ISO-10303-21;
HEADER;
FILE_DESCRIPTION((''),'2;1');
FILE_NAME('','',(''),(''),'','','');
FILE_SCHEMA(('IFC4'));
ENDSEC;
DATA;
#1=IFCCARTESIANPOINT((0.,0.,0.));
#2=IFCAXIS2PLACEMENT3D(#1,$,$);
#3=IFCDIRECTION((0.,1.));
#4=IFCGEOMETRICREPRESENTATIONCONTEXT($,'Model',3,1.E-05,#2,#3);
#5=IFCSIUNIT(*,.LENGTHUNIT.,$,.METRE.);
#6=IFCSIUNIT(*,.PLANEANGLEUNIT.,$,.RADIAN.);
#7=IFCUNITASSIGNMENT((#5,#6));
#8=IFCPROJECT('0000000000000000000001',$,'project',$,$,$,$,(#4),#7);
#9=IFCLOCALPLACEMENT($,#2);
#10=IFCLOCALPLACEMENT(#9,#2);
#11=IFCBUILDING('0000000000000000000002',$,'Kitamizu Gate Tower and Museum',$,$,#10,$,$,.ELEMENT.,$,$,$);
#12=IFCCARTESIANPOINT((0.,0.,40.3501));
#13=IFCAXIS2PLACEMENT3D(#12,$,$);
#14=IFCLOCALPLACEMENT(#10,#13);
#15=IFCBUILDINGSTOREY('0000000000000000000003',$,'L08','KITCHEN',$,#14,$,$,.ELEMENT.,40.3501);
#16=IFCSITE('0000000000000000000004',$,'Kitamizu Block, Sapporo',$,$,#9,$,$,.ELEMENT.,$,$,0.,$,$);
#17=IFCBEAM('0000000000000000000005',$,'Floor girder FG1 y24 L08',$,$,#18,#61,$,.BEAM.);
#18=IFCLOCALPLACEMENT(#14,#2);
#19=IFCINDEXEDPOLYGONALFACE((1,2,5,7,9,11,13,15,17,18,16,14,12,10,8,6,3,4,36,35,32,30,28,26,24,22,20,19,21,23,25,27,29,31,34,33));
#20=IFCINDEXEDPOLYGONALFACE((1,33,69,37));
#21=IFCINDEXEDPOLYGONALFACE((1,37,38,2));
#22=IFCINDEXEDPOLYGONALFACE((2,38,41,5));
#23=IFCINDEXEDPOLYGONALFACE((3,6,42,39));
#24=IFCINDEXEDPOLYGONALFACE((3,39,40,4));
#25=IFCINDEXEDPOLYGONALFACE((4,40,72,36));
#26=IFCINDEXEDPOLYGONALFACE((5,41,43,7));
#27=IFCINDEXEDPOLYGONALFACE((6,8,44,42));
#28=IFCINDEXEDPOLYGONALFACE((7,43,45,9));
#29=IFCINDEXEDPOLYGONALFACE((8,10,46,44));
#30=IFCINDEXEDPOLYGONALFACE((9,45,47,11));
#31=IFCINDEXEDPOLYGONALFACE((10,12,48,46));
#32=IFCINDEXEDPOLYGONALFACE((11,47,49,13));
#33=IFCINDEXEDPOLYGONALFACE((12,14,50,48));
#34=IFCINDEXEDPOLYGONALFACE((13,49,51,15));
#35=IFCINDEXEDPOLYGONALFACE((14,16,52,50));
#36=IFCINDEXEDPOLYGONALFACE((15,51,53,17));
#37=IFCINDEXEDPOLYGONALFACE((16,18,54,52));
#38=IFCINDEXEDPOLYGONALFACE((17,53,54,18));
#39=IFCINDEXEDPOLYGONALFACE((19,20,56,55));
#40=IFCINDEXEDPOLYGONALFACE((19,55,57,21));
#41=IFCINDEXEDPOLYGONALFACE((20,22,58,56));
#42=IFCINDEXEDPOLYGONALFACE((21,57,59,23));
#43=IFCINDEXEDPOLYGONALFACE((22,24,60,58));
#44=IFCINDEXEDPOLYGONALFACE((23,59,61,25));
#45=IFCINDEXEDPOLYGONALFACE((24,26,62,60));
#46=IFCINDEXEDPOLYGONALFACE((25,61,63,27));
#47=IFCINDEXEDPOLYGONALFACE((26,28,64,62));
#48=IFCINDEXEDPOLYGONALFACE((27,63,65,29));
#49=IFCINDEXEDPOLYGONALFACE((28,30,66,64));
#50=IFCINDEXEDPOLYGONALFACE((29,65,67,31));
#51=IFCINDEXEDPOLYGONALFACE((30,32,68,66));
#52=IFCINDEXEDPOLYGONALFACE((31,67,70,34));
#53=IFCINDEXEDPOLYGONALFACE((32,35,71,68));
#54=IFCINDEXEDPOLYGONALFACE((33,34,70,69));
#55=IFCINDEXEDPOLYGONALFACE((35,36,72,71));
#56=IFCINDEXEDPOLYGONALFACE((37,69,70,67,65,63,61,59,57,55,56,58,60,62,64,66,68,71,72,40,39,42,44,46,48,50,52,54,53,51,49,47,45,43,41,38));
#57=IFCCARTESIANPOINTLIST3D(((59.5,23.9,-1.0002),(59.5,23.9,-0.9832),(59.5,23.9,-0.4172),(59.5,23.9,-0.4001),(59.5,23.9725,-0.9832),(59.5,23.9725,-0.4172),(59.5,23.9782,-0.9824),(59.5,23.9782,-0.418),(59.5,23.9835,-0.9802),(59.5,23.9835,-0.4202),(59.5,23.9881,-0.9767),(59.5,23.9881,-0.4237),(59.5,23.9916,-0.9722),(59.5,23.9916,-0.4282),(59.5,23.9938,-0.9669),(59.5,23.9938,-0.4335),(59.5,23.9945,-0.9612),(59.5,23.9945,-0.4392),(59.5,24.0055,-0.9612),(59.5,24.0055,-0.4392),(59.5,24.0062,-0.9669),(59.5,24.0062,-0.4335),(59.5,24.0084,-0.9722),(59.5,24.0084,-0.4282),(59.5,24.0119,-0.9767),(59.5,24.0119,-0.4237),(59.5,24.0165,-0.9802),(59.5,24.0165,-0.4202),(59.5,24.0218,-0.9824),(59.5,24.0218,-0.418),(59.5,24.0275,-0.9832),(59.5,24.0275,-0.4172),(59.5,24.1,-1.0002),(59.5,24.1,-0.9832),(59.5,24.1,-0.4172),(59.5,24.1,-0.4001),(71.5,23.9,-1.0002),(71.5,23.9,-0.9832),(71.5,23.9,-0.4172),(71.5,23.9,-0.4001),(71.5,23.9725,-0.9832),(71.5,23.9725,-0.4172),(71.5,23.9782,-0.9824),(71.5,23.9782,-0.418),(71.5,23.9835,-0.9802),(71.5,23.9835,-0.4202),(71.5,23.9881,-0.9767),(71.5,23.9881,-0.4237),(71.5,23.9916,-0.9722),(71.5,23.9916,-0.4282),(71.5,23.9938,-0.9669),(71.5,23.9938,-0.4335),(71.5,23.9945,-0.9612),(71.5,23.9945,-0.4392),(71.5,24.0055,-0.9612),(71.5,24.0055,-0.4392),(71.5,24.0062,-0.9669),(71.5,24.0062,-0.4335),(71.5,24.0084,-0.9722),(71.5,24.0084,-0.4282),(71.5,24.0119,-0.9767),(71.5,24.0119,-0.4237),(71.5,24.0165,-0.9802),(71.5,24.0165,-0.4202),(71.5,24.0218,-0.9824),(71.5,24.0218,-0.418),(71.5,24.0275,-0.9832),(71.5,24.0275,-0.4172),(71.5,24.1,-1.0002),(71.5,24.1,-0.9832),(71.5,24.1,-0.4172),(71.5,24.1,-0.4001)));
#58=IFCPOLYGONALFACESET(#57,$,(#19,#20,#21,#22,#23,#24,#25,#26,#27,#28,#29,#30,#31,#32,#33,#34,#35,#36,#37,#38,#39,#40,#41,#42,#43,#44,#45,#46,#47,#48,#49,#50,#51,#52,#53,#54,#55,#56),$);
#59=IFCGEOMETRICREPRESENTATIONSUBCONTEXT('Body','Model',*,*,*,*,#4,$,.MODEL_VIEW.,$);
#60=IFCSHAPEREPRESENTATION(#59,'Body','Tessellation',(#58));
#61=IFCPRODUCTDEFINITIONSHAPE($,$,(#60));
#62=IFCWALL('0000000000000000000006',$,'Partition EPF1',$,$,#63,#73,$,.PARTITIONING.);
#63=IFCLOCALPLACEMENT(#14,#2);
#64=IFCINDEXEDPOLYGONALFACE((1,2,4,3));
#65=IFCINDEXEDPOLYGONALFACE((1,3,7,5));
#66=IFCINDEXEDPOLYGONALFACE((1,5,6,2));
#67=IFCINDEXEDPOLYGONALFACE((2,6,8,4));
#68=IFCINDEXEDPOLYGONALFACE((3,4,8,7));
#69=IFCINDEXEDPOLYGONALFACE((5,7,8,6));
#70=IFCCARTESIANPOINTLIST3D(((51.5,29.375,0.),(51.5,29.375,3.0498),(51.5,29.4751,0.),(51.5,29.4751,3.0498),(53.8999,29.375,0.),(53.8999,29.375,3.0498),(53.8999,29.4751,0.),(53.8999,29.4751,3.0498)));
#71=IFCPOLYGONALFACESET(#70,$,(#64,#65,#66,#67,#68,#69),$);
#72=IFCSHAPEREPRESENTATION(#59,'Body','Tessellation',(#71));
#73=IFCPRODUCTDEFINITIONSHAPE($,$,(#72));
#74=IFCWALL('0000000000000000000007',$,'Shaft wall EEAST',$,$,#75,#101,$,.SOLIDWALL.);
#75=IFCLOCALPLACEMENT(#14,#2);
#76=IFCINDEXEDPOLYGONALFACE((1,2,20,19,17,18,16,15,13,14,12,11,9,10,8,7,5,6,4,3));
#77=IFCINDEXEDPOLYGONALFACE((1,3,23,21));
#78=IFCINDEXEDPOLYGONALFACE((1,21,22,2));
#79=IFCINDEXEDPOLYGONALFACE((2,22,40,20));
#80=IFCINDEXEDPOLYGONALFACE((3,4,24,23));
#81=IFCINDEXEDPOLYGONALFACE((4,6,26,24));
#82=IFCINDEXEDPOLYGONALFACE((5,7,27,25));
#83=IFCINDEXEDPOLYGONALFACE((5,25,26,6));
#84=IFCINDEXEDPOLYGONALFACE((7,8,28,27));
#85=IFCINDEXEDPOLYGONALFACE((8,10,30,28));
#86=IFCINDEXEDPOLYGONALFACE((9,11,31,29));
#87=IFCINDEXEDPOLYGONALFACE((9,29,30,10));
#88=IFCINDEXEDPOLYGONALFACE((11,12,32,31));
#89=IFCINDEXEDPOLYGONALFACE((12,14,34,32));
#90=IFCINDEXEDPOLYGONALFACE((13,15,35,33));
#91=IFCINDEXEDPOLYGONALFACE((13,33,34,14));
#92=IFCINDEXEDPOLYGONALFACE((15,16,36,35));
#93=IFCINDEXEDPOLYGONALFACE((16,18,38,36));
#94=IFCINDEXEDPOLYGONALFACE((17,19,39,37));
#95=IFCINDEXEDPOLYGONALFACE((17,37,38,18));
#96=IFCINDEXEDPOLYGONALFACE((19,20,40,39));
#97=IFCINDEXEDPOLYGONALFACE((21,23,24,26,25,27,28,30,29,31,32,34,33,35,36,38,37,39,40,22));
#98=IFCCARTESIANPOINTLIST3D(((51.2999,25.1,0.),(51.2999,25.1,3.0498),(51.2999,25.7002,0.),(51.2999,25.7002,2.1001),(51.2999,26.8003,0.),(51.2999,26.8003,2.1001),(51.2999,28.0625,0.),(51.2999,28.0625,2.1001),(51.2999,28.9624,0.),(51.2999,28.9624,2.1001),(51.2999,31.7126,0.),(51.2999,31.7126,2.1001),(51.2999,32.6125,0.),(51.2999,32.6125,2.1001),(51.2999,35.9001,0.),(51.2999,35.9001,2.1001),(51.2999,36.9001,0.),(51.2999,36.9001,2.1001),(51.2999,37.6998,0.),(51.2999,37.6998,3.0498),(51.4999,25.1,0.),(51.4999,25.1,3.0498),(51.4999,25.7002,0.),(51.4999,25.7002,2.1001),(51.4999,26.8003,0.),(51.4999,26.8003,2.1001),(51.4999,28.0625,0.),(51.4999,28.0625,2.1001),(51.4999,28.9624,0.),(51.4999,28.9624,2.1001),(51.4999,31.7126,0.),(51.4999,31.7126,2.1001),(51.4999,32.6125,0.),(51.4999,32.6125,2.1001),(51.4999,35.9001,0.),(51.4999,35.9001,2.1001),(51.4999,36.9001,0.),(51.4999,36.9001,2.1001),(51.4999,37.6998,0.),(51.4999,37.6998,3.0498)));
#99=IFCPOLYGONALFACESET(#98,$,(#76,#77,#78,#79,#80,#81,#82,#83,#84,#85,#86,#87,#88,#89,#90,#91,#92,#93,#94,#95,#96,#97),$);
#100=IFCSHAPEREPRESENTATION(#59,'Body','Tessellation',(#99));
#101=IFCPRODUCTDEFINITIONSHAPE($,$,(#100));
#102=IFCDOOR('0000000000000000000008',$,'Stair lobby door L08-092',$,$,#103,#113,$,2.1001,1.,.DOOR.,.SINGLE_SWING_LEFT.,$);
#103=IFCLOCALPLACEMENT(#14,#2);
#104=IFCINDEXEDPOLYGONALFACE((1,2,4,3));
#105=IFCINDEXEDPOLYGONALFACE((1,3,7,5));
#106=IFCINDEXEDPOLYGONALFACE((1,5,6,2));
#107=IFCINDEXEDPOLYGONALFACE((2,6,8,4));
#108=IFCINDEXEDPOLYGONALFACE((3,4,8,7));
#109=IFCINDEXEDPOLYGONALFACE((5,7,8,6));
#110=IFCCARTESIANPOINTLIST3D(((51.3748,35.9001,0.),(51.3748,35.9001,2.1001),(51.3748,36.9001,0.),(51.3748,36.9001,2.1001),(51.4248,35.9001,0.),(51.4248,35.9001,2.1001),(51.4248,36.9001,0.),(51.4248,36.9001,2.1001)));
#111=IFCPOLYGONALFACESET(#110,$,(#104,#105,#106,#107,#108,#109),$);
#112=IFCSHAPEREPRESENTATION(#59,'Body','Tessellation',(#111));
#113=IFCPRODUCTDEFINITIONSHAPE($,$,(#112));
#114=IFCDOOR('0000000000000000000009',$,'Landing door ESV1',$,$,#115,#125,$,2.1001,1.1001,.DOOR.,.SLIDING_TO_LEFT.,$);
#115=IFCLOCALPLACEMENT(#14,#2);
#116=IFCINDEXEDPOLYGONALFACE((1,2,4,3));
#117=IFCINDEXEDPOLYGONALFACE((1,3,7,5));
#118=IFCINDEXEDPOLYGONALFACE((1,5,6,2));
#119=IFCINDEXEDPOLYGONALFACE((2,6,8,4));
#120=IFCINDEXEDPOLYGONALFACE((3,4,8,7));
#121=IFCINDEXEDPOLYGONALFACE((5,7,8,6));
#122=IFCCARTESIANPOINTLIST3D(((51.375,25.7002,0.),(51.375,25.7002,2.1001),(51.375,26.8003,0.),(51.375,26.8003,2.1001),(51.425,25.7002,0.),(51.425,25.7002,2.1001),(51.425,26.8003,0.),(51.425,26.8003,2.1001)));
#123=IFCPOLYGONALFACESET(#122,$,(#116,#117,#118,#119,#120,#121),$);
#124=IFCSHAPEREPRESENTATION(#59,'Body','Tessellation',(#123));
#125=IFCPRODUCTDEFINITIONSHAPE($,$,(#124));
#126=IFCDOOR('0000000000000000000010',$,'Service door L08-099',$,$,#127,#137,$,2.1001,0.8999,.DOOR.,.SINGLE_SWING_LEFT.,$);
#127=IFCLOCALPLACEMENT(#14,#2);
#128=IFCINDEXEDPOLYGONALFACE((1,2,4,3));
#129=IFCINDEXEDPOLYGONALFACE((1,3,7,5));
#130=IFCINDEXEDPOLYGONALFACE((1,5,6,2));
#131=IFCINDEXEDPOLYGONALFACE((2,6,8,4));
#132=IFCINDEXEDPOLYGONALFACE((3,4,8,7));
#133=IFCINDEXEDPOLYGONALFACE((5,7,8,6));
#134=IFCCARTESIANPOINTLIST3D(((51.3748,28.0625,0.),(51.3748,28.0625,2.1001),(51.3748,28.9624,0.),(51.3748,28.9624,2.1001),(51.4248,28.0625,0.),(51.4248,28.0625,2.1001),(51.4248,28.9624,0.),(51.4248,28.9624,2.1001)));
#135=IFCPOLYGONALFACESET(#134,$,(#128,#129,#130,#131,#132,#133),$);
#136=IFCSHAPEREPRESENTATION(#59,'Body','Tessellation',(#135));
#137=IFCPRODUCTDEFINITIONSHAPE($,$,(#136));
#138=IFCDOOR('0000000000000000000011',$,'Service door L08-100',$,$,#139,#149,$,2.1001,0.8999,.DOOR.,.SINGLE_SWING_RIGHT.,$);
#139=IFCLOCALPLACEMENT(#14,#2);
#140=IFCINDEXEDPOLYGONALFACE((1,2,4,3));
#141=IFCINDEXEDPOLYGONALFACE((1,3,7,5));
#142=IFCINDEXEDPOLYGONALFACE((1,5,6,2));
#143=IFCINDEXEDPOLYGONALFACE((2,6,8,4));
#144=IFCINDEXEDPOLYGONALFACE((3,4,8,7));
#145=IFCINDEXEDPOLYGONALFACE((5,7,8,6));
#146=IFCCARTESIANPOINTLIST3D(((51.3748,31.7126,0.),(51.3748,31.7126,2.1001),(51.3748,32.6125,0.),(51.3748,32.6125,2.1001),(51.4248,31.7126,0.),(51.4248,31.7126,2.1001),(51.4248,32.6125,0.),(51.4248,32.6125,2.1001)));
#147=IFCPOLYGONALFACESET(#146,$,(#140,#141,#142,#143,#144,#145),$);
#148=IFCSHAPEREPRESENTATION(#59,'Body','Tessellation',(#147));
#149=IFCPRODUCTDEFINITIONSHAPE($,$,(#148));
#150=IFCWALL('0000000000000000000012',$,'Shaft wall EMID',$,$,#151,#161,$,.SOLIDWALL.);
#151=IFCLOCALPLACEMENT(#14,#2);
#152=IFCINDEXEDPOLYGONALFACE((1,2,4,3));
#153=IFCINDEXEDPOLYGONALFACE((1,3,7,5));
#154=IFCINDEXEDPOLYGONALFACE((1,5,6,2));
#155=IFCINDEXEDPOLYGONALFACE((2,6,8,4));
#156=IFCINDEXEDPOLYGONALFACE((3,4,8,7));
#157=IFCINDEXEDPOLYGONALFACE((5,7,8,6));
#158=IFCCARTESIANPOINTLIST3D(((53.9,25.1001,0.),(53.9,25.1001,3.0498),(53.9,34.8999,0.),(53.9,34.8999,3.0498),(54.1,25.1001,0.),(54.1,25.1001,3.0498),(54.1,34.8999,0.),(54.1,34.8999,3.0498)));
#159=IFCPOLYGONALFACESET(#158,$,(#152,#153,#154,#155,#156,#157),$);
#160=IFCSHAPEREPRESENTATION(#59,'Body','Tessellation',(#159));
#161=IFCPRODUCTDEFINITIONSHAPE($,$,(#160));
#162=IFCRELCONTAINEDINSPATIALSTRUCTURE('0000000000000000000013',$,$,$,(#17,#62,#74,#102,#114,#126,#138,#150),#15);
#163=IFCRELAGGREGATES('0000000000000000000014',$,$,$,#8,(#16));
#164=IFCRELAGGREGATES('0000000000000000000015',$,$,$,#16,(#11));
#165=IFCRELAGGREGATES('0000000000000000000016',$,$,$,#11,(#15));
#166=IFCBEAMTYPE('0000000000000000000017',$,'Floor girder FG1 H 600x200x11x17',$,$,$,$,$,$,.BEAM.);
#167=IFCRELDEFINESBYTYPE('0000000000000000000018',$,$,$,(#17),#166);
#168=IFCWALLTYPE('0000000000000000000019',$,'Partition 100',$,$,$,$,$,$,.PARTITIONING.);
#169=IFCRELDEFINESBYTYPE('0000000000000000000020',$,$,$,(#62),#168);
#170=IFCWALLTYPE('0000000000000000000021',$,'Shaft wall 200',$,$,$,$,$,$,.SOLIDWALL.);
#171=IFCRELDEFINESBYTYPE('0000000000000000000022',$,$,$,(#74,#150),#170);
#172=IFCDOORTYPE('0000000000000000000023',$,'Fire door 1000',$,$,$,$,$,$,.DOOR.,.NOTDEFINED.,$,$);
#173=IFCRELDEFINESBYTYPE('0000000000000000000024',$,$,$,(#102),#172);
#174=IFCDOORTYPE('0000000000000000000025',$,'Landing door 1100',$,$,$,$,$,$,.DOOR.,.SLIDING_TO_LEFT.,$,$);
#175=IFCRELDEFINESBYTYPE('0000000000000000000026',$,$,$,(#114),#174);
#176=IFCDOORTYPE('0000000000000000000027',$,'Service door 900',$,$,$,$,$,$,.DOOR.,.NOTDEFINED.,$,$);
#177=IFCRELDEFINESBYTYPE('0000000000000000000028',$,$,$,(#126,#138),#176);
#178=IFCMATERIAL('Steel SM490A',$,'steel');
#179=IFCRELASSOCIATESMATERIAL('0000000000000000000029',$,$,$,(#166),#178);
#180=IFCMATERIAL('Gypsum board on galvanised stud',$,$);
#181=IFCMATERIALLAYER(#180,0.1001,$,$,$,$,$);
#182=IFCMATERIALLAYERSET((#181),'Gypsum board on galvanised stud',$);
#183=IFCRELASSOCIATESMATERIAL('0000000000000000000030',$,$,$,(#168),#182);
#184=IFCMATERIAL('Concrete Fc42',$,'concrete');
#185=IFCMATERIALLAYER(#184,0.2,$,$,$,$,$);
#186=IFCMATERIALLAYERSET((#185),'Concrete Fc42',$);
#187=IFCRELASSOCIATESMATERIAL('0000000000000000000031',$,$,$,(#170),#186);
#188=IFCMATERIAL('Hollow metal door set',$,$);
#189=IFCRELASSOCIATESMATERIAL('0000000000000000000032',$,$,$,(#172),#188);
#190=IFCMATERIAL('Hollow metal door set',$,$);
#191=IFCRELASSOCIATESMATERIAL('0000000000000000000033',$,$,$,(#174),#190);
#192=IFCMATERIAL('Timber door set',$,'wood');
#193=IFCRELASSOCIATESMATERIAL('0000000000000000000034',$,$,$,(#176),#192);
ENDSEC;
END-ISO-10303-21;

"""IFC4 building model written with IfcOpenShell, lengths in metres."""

from ifc_helpers import new_model, si_unit, direction, frame, frame_2d, origin, origin_2d, place, context, subcontext, project, spatial, rectangle, i_section, extrude, material, layer, layer_set, material_profile, profile_set, type_object, element, fill, save


model = new_model("IFC4")

# Units and contexts
model_context = context("Model", 3, precision=1e-05, world=origin(), true_north=direction((0.0, 1.0)))
body_context = subcontext(model_context, "Body", "Model", "MODEL_VIEW")
ifc_project = project(units=[si_unit("LENGTHUNIT", "METRE"), si_unit("PLANEANGLEUNIT", "RADIAN")], contexts=[model_context])

# Site, building, storey
site_placement = place(None, origin())
site = spatial("IfcSite", under=ifc_project, at=site_placement, Name="Kitamizu Block, Sapporo", CompositionType="ELEMENT", RefElevation=0.0)
building_placement = place(site_placement, origin())
building = spatial("IfcBuilding", under=site, at=building_placement, Name="Kitamizu Gate Tower and Museum", CompositionType="ELEMENT")
storey_placement = place(building_placement, frame((0.0, 0.0, 40.3501)))
storey = spatial("IfcBuildingStorey", under=building, at=storey_placement, Name="L08", Description="KITCHEN", CompositionType="ELEMENT", Elevation=40.3501)

# Beam
ifc_material_1 = material(Name="Steel SM490A", Category="steel")
ifc_material_profile = material_profile(ifc_material_1, i_section(OverallWidth=0.2, OverallDepth=0.6001, WebThickness=0.011, FlangeThickness=0.0171, FilletRadius=0.022, at=origin_2d()), Name="H-600x200x11x17")
ifc_profile_set = profile_set([ifc_material_profile], Name="Steel SM490A")
beam_type = type_object("IfcBeamType", Name="Floor girder FG1 H 600x200x11x17", PredefinedType="BEAM", material=ifc_profile_set)
beam_placement = place(storey_placement, frame((59.5, 24.0, -0.7002), z_axis=(1.0, 0.0, 0.0), x_axis=(0.0, 1.0, 0.0)))
element("IfcBeam", 1, at=beam_placement, inside=storey, type_object=beam_type, Name="Floor girder FG1 y24 L08", PredefinedType="BEAM", context=body_context, shape_type="SweptSolid", body=[
    extrude(i_section(OverallWidth=0.2, OverallDepth=0.6001, WebThickness=0.011, FlangeThickness=0.0171, FilletRadius=0.022, at=origin_2d()), origin(), (0.0, 0.0, 1.0), 12.0),
])

# Wall
ifc_material_2 = material(Name="Gypsum board on galvanised stud")
ifc_layer_1 = layer(ifc_material_2, 0.1001)
ifc_layer_set_1 = layer_set([ifc_layer_1], Name="Gypsum board on galvanised stud")
wall_type_1 = type_object("IfcWallType", Name="Partition 100", PredefinedType="PARTITIONING", material=ifc_layer_set_1)
wall_1_placement = place(storey_placement, frame((53.8999, 29.425, 0.0), z_axis=(0.0, 0.0, 1.0), x_axis=(-1.0, 0.0, 0.0)))
element("IfcWall", 2, at=wall_1_placement, inside=storey, type_object=wall_type_1, Name="Partition EPF1", PredefinedType="PARTITIONING", context=body_context, shape_type="SweptSolid", body=[
    extrude(rectangle(XDim=2.3999, YDim=0.1001, at=frame_2d((1.2, 0.0))), origin(), (0.0, 0.0, 1.0), 3.0498),
])

# Wall, openings, doors
ifc_material_3 = material(Name="Concrete Fc42", Category="concrete")
ifc_layer_2 = layer(ifc_material_3, 0.2)
ifc_layer_set_2 = layer_set([ifc_layer_2], Name="Concrete Fc42")
wall_type_2 = type_object("IfcWallType", Name="Shaft wall 200", PredefinedType="SOLIDWALL", material=ifc_layer_set_2)
wall_2_placement = place(storey_placement, frame((51.3999, 25.1001, 0.0), z_axis=(0.0, 0.0, 1.0), x_axis=(0.0, 1.0, 0.0)))
wall_2 = element("IfcWall", 3, at=wall_2_placement, inside=storey, type_object=wall_type_2, Name="Shaft wall EEAST", PredefinedType="SOLIDWALL", context=body_context, shape_type="SweptSolid", body=[
    extrude(rectangle(XDim=12.5999, YDim=0.2, at=frame_2d((6.2998, 0.0))), origin(), (0.0, 0.0, 1.0), 3.0498),
])
opening_1_placement = place(wall_2_placement, frame((0.6001, 0.0, 0.0)))
opening_1 = element("IfcOpeningElement", 4, at=opening_1_placement, cuts=wall_2, PredefinedType="OPENING", context=body_context, shape_type="SweptSolid", body=[
    extrude(rectangle(XDim=1.1001, YDim=2.1001, at=frame_2d((0.55, 1.05))), frame((0.0, 0.1099, 0.0), z_axis=(0.0, -1.0, 0.0), x_axis=(1.0, 0.0, 0.0)), (0.0, 0.0, 1.0), 0.22),
])
opening_2_placement = place(wall_2_placement, frame((10.8, 0.0, 0.0)))
opening_2 = element("IfcOpeningElement", 5, at=opening_2_placement, cuts=wall_2, PredefinedType="OPENING", context=body_context, shape_type="SweptSolid", body=[
    extrude(rectangle(XDim=1.0, YDim=2.1001, at=frame_2d((0.5, 1.05))), frame((0.0, 0.1099, 0.0), z_axis=(0.0, -1.0, 0.0), x_axis=(1.0, 0.0, 0.0)), (0.0, 0.0, 1.0), 0.22),
])
opening_3_placement = place(wall_2_placement, frame((2.9624, 0.0, 0.0)))
opening_3 = element("IfcOpeningElement", 6, at=opening_3_placement, cuts=wall_2, PredefinedType="OPENING", context=body_context, shape_type="SweptSolid", body=[
    extrude(rectangle(XDim=0.8999, YDim=2.1001, at=frame_2d((0.45, 1.05))), frame((0.0, 0.1099, 0.0), z_axis=(0.0, -1.0, 0.0), x_axis=(1.0, 0.0, 0.0)), (0.0, 0.0, 1.0), 0.22),
])
opening_4_placement = place(wall_2_placement, frame((6.6125, 0.0, 0.0)))
opening_4 = element("IfcOpeningElement", 7, at=opening_4_placement, cuts=wall_2, PredefinedType="OPENING", context=body_context, shape_type="SweptSolid", body=[
    extrude(rectangle(XDim=0.8999, YDim=2.1001, at=frame_2d((0.45, 1.05))), frame((0.0, 0.1099, 0.0), z_axis=(0.0, -1.0, 0.0), x_axis=(1.0, 0.0, 0.0)), (0.0, 0.0, 1.0), 0.22),
])
ifc_material_4 = material(Name="Hollow metal door set")
door_type_1 = type_object("IfcDoorType", Name="Fire door 1000", OperationType="NOTDEFINED", PredefinedType="DOOR", material=ifc_material_4)
door_1_placement = place(opening_2_placement, frame((1.0, 0.0, 0.0), x_axis=(-1.0, 0.0, 0.0)))
door_1 = element("IfcDoor", 8, at=door_1_placement, inside=storey, type_object=door_type_1, Name="Stair lobby door L08-092", OperationType="SINGLE_SWING_LEFT", OverallHeight=2.1001, OverallWidth=1.0, PredefinedType="DOOR", context=body_context, shape_type="SweptSolid", body=[
    extrude(rectangle(XDim=1.0, YDim=2.1001, at=frame_2d((0.5, 1.05))), frame((0.0, 0.0249, 0.0), z_axis=(0.0, -1.0, 0.0), x_axis=(1.0, 0.0, 0.0)), (0.0, 0.0, 1.0), 0.05),
])
fill(opening_2, door_1)
ifc_material_5 = material(Name="Hollow metal door set")
door_type_2 = type_object("IfcDoorType", Name="Landing door 1100", OperationType="SLIDING_TO_LEFT", PredefinedType="DOOR", material=ifc_material_5)
door_2_placement = place(opening_1_placement, origin())
door_2 = element("IfcDoor", 9, at=door_2_placement, inside=storey, type_object=door_type_2, Name="Landing door ESV1", OperationType="SLIDING_TO_LEFT", OverallHeight=2.1001, OverallWidth=1.1001, PredefinedType="DOOR", context=body_context, shape_type="SweptSolid", body=[
    extrude(rectangle(XDim=1.1001, YDim=2.1001, at=frame_2d((0.55, 1.05))), frame((0.0, 0.0249, 0.0), z_axis=(0.0, -1.0, 0.0), x_axis=(1.0, 0.0, 0.0)), (0.0, 0.0, 1.0), 0.05),
])
fill(opening_1, door_2)
ifc_material_6 = material(Name="Timber door set", Category="wood")
door_type_3 = type_object("IfcDoorType", Name="Service door 900", OperationType="NOTDEFINED", PredefinedType="DOOR", material=ifc_material_6)
door_3_placement = place(opening_3_placement, frame((0.8999, 0.0, 0.0), x_axis=(-1.0, 0.0, 0.0)))
door_3 = element("IfcDoor", 10, at=door_3_placement, inside=storey, type_object=door_type_3, Name="Service door L08-099", OperationType="SINGLE_SWING_LEFT", OverallHeight=2.1001, OverallWidth=0.8999, PredefinedType="DOOR", context=body_context, shape_type="SweptSolid", body=[
    extrude(rectangle(XDim=0.8999, YDim=2.1001, at=frame_2d((0.45, 1.05))), frame((0.0, 0.0249, 0.0), z_axis=(0.0, -1.0, 0.0), x_axis=(1.0, 0.0, 0.0)), (0.0, 0.0, 1.0), 0.05),
])
fill(opening_3, door_3)
door_4_placement = place(opening_4_placement, frame((0.8999, 0.0, 0.0), x_axis=(-1.0, 0.0, 0.0)))
door_4 = element("IfcDoor", 11, at=door_4_placement, inside=storey, type_object=door_type_3, Name="Service door L08-100", OperationType="SINGLE_SWING_RIGHT", OverallHeight=2.1001, OverallWidth=0.8999, PredefinedType="DOOR", context=body_context, shape_type="SweptSolid", body=[
    extrude(rectangle(XDim=0.8999, YDim=2.1001, at=frame_2d((0.45, 1.05))), frame((0.0, 0.0249, 0.0), z_axis=(0.0, -1.0, 0.0), x_axis=(1.0, 0.0, 0.0)), (0.0, 0.0, 1.0), 0.05),
])
fill(opening_4, door_4)

# Wall
wall_3_placement = place(storey_placement, frame((54.0, 25.1001, 0.0), z_axis=(0.0, 0.0, 1.0), x_axis=(0.0, 1.0, 0.0)))
element("IfcWall", 12, at=wall_3_placement, inside=storey, type_object=wall_type_2, Name="Shaft wall EMID", PredefinedType="SOLIDWALL", context=body_context, shape_type="SweptSolid", body=[
    extrude(rectangle(XDim=9.7998, YDim=0.2, at=frame_2d((4.8999, 0.0))), origin(), (0.0, 0.0, 1.0), 3.0498),
])

save(model, "model.ifc")
